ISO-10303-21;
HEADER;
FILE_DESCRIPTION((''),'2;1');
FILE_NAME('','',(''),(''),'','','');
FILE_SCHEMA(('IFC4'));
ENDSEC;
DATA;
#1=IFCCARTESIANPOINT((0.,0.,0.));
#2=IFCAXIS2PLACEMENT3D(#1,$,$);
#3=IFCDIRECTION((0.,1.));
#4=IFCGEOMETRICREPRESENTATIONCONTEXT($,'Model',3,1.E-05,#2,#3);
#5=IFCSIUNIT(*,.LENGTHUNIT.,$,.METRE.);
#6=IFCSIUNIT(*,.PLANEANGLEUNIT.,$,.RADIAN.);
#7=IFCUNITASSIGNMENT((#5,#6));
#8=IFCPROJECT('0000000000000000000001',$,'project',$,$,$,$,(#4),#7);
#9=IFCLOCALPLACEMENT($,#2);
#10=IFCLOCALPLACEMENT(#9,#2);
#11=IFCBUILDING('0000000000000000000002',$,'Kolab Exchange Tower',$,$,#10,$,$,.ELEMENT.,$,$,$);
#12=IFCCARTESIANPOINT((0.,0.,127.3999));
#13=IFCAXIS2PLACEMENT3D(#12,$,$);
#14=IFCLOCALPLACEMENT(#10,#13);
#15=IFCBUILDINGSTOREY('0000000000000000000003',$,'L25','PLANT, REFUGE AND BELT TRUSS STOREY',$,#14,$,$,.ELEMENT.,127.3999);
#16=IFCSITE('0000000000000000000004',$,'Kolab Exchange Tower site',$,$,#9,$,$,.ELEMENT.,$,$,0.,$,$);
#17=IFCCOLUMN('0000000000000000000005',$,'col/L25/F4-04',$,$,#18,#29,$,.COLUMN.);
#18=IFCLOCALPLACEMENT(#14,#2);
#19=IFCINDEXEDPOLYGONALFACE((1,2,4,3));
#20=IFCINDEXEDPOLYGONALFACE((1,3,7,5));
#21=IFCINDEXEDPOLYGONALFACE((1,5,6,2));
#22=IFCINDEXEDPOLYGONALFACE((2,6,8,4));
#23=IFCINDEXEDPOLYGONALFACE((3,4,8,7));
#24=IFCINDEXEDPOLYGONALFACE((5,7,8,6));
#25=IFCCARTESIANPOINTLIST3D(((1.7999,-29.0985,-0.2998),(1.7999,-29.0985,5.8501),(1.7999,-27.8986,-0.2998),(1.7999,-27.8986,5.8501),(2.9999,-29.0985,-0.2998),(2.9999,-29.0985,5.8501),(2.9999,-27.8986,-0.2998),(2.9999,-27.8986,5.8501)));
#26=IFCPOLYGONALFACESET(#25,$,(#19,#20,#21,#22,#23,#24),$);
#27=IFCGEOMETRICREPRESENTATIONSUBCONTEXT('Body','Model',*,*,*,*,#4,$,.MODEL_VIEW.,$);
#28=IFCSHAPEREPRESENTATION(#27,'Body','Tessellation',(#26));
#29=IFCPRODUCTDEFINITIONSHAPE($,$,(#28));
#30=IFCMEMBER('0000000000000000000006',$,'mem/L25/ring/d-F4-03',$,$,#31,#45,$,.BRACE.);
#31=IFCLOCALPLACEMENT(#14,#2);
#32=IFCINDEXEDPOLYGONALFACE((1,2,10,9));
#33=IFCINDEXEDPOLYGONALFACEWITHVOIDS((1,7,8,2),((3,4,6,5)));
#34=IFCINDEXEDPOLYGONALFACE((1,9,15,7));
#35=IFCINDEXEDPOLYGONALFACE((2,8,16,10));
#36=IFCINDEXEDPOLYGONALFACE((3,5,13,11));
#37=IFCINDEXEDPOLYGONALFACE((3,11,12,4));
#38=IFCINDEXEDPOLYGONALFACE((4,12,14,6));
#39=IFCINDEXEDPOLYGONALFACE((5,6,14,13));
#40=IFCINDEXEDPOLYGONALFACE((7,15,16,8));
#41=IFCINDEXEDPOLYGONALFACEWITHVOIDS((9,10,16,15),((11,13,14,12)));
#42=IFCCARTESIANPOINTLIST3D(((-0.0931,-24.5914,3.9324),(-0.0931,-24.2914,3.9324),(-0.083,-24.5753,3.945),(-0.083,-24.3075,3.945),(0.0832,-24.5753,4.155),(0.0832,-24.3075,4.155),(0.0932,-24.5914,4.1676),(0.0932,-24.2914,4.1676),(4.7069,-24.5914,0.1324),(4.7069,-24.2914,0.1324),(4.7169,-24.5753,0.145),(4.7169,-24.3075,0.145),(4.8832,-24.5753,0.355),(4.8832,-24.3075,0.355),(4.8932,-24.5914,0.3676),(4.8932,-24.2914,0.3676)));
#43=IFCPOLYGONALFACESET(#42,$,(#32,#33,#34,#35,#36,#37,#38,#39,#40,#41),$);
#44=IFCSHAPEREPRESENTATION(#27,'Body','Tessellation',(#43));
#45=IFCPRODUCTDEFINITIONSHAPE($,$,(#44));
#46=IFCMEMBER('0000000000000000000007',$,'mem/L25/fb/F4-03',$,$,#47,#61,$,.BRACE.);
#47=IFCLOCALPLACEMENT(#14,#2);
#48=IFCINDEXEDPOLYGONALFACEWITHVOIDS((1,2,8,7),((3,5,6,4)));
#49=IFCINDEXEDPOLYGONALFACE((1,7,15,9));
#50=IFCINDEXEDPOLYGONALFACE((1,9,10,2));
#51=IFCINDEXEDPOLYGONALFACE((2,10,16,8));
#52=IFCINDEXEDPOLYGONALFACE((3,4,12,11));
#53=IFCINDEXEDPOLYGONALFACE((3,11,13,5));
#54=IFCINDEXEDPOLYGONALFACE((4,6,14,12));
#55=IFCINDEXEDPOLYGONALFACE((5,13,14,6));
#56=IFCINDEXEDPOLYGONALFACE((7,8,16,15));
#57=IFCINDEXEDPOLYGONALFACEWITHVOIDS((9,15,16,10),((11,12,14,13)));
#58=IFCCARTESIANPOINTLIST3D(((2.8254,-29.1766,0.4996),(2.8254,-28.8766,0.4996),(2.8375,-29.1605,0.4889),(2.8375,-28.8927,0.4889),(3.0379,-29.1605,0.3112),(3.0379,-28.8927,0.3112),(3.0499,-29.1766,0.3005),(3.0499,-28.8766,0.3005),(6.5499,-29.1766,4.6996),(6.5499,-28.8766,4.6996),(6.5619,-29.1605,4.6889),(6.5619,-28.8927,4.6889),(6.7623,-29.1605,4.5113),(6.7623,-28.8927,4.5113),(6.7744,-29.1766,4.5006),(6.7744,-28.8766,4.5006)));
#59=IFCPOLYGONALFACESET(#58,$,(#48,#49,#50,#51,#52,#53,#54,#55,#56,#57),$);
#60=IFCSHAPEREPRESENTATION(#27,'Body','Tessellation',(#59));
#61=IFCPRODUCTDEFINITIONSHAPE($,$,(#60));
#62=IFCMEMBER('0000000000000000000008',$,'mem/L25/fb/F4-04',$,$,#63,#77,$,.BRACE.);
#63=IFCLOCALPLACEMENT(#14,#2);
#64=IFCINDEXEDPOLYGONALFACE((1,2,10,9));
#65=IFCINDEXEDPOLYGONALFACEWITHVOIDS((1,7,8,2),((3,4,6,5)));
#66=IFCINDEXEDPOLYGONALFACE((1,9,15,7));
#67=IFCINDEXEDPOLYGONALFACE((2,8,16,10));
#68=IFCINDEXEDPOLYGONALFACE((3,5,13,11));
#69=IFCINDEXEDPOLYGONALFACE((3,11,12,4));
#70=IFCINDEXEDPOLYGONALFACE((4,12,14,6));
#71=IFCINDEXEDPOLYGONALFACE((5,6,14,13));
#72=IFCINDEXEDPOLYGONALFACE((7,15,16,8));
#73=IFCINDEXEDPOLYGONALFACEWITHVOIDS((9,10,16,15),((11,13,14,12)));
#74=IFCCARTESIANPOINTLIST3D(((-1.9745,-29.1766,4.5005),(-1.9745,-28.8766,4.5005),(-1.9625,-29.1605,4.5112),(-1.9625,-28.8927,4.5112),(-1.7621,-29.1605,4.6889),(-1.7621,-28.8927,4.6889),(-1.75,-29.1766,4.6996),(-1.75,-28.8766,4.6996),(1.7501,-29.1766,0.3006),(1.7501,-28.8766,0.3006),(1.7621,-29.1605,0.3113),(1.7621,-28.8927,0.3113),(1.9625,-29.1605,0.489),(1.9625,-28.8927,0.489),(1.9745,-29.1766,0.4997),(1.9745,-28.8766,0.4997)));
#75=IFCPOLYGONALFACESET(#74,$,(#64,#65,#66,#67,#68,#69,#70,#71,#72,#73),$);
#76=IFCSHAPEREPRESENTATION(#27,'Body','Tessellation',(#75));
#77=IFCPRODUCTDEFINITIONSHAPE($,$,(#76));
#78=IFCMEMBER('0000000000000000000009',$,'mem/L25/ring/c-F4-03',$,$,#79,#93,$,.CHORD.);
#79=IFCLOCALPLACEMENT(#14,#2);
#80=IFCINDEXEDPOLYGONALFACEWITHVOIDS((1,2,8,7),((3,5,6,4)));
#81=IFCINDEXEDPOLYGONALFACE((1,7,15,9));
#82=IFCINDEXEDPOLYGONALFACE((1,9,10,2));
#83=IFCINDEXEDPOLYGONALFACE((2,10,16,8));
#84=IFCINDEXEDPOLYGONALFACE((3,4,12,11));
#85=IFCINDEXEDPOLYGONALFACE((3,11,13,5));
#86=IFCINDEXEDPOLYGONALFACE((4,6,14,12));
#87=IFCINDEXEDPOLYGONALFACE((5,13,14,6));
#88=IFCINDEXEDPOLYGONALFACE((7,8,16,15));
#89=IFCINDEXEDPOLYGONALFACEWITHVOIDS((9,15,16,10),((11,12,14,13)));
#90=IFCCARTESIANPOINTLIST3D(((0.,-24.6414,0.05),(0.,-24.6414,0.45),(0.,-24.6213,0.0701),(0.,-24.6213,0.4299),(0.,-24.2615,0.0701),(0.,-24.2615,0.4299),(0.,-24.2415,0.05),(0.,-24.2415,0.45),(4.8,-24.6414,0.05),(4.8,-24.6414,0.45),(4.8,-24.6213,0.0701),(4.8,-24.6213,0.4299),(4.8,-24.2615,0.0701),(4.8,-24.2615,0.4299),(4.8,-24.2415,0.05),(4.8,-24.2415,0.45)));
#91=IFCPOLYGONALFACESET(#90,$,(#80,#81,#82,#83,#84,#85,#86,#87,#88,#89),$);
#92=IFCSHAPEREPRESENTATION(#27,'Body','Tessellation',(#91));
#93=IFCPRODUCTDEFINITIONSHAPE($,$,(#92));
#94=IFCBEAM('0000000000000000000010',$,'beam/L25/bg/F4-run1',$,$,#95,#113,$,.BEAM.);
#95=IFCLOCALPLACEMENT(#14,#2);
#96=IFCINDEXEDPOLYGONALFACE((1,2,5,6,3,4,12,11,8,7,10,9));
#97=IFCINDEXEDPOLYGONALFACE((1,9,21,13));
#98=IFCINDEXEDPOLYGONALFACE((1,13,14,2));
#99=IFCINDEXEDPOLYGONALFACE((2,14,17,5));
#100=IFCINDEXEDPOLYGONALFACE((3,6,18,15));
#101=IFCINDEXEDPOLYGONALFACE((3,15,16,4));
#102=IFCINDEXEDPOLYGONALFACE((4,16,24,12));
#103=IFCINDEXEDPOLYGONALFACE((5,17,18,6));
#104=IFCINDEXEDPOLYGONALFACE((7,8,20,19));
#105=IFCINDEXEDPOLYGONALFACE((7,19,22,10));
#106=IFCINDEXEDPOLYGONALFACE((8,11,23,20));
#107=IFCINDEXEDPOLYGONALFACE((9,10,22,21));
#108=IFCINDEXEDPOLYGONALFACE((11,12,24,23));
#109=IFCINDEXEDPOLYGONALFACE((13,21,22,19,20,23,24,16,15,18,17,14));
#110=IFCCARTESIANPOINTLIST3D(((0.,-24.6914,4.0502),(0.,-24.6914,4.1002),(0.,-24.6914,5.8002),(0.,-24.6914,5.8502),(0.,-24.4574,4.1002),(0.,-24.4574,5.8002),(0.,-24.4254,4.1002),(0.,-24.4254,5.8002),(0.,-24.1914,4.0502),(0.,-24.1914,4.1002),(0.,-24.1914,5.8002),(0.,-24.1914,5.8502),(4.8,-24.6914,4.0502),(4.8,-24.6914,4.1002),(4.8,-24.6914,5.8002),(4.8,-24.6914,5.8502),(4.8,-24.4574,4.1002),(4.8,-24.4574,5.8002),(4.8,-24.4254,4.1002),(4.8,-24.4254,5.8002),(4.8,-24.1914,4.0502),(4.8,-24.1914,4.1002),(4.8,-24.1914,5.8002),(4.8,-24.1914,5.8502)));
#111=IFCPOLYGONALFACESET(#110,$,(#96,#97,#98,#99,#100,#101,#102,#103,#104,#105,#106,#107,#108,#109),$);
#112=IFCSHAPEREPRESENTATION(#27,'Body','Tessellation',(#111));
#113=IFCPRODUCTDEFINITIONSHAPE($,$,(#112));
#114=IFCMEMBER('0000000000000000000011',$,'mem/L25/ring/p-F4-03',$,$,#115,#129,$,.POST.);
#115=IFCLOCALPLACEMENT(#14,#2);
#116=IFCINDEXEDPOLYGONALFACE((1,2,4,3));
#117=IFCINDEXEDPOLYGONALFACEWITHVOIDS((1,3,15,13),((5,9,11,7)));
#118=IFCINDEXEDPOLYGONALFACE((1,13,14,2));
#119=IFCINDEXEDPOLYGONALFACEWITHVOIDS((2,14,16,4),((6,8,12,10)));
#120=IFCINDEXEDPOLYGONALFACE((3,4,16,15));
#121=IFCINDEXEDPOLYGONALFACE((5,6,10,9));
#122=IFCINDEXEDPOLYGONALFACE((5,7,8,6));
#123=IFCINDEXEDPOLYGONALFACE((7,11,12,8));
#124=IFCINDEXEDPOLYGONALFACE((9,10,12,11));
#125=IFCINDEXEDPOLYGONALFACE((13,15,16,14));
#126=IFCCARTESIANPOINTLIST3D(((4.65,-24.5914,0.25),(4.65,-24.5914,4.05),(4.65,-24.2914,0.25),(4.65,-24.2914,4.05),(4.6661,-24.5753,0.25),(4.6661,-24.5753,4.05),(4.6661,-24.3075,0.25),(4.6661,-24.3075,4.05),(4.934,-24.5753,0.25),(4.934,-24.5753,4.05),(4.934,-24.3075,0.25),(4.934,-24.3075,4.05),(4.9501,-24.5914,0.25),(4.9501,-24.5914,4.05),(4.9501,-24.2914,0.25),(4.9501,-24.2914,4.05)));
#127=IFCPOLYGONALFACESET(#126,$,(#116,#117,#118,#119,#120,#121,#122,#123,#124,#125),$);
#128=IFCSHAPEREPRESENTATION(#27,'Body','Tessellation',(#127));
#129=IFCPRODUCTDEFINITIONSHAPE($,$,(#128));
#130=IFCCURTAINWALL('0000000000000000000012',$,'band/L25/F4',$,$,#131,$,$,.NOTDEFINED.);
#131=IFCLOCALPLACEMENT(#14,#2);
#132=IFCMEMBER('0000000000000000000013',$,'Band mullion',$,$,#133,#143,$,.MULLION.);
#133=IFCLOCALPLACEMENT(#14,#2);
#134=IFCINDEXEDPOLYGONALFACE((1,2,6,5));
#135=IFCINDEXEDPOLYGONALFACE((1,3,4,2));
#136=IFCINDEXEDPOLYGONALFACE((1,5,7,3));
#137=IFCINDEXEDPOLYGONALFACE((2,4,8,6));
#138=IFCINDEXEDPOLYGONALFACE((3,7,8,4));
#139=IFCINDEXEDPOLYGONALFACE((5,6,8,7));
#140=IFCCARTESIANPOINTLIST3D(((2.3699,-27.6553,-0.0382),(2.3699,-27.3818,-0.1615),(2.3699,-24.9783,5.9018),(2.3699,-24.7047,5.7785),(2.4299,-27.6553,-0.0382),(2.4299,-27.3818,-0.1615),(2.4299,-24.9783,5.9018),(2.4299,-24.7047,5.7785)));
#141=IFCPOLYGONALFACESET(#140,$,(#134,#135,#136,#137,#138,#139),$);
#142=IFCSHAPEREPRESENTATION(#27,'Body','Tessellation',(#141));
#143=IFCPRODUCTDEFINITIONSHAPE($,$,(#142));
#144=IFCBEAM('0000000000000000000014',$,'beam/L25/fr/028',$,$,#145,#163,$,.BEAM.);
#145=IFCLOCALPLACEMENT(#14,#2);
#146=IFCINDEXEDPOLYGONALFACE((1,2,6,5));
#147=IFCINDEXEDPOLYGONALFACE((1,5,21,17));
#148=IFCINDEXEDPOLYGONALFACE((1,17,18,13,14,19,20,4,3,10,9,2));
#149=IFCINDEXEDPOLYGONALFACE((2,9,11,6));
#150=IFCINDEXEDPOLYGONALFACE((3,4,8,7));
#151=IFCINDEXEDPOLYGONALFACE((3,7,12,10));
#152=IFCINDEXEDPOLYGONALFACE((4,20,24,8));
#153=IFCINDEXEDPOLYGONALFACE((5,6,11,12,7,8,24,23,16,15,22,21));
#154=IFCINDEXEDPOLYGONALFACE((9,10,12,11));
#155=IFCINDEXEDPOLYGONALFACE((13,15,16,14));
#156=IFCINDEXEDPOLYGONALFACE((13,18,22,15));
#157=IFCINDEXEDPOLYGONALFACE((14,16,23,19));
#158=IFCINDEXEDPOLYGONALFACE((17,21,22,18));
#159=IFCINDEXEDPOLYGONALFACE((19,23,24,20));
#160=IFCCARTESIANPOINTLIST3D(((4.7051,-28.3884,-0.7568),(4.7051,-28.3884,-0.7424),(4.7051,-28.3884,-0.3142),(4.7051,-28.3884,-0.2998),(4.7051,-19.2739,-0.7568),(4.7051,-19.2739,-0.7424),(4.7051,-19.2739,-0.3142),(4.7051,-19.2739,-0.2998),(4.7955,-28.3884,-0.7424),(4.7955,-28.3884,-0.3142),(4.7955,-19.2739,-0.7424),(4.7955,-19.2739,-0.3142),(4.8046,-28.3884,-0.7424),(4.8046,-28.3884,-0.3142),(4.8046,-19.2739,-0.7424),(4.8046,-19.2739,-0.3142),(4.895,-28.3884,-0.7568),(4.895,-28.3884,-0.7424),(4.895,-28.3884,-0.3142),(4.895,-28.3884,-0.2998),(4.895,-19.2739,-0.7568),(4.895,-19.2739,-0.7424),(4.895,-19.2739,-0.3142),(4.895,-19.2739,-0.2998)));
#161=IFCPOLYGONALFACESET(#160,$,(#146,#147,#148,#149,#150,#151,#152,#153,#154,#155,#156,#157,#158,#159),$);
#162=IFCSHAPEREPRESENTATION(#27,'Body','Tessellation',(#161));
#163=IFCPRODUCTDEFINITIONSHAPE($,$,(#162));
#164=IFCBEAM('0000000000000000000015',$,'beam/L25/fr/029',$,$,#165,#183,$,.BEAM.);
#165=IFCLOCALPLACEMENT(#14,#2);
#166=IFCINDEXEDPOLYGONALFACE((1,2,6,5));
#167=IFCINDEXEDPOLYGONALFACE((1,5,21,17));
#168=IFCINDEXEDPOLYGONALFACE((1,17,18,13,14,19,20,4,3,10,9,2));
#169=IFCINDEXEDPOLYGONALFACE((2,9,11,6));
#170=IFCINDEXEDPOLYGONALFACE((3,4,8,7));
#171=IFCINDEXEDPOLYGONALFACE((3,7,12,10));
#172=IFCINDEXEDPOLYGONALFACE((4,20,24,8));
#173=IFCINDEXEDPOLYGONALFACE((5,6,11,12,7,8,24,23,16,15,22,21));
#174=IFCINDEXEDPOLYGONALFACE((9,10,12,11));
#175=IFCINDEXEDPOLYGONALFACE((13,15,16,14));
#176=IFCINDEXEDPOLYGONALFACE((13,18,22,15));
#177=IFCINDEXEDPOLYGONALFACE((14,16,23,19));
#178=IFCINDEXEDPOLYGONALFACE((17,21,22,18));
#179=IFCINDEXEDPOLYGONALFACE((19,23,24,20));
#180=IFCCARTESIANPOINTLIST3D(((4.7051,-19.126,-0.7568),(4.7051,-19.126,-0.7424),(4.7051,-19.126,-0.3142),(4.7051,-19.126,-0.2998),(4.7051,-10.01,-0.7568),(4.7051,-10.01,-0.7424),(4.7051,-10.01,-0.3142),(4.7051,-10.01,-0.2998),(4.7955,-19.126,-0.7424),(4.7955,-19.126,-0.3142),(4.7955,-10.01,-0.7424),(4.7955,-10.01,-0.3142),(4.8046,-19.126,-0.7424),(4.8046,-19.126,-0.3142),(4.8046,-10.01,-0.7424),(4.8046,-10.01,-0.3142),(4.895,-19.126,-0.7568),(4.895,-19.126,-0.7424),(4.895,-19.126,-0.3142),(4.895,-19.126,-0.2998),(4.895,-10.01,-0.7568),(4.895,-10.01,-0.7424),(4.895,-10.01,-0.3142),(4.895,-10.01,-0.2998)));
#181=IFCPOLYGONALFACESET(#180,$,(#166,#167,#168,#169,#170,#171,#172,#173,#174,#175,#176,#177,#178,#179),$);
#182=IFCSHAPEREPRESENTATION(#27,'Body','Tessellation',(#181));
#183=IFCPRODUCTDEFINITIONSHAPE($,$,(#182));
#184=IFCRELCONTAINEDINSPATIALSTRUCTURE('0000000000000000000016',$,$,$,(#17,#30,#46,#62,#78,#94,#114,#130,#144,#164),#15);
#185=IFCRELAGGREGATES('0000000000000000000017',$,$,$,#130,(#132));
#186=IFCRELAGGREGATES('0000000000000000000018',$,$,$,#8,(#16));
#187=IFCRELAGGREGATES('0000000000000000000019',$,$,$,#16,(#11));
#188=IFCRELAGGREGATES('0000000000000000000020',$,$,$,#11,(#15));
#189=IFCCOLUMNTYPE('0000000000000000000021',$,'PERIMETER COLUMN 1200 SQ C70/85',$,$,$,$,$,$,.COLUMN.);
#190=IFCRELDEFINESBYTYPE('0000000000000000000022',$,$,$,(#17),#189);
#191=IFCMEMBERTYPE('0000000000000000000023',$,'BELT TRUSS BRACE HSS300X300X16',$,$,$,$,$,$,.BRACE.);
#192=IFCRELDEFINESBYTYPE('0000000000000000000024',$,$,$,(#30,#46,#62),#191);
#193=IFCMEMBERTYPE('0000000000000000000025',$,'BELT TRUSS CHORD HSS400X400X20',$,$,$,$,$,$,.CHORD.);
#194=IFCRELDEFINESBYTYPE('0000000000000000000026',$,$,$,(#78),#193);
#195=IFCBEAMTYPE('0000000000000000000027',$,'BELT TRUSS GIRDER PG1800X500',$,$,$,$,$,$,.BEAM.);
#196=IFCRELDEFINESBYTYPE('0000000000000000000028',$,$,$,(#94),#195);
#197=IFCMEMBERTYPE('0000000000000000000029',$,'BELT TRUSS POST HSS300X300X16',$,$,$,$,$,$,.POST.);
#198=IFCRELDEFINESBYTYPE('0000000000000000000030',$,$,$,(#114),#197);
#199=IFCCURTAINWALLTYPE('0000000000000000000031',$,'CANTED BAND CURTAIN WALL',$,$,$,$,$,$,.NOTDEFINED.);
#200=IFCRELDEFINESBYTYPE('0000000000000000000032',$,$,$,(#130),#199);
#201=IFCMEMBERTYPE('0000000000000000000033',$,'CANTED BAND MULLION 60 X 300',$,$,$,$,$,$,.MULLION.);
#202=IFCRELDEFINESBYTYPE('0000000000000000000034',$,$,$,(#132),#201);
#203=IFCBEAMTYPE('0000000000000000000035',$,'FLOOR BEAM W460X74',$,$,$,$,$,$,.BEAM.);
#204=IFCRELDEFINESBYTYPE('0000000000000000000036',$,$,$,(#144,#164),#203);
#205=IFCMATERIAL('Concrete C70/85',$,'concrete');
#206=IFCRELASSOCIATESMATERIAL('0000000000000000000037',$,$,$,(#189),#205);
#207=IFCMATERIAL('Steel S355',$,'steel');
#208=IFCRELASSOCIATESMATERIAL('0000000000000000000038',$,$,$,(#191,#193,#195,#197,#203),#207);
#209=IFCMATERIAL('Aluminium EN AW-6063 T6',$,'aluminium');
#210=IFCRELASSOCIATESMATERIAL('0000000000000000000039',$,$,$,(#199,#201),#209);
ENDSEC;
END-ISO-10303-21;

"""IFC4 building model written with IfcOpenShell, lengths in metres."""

from ifc_helpers import new_model, si_unit, direction, frame, origin, origin_2d, place, context, subcontext, project, spatial, rectangle, hollow_rectangle, i_section, extrude, material, material_profile, profile_set, type_object, element, aggregate, save


model = new_model("IFC4")

# Units and contexts
model_context = context("Model", 3, precision=1e-05, world=origin(), true_north=direction((0.0, 1.0)))
body_context = subcontext(model_context, "Body", "Model", "MODEL_VIEW")
ifc_project = project(units=[si_unit("LENGTHUNIT", "METRE"), si_unit("PLANEANGLEUNIT", "RADIAN")], contexts=[model_context])

# Site, building, storey
site_placement = place(None, origin())
site = spatial("IfcSite", under=ifc_project, at=site_placement, Name="Kolab Exchange Tower site", CompositionType="ELEMENT", RefElevation=0.0)
building_placement = place(site_placement, origin())
building = spatial("IfcBuilding", under=site, at=building_placement, Name="Kolab Exchange Tower", CompositionType="ELEMENT")
storey_placement = place(building_placement, frame((0.0, 0.0, 127.3999)))
storey = spatial("IfcBuildingStorey", under=building, at=storey_placement, Name="L25", Description="PLANT, REFUGE AND BELT TRUSS STOREY", CompositionType="ELEMENT", Elevation=127.3999)

# Column
ifc_material_1 = material(Name="Concrete C70/85", Category="concrete")
ifc_material_profile_1 = material_profile(ifc_material_1, rectangle(XDim=1.2, YDim=1.2, at=origin_2d()), Name="RC1200")
ifc_profile_set_1 = profile_set([ifc_material_profile_1], Name="Concrete C70/85")
column_type = type_object("IfcColumnType", Name="PERIMETER COLUMN 1200 SQ C70/85", PredefinedType="COLUMN", material=ifc_profile_set_1)
column_placement = place(storey_placement, frame((2.3999, -28.4985, -0.2998), z_axis=(0.0, 0.0, 1.0), x_axis=(1.0, 0.0, 0.0)))
element("IfcColumn", 1, at=column_placement, inside=storey, type_object=column_type, Name="col/L25/F4-04", PredefinedType="COLUMN", context=body_context, shape_type="SweptSolid", body=[
    extrude(rectangle(XDim=1.2, YDim=1.2, at=origin_2d()), origin(), (0.0, 0.0, 1.0), 6.1499),
])

# Members
ifc_material_2 = material(Name="Steel S355", Category="steel")
ifc_material_profile_2 = material_profile(ifc_material_2, hollow_rectangle(XDim=0.3, YDim=0.3, WallThickness=0.0161, at=origin_2d()), Name="HSS300X300X16")
ifc_profile_set_2 = profile_set([ifc_material_profile_2], Name="Steel S355")
member_type_1 = type_object("IfcMemberType", Name="BELT TRUSS BRACE HSS300X300X16", PredefinedType="BRACE", material=ifc_profile_set_2)
member_1_placement = place(storey_placement, frame((4.8, -24.4414, 0.25), z_axis=(-0.784045, 0.0, 0.620704), x_axis=(0.0, -1.0, 0.0)))
element("IfcMember", 2, at=member_1_placement, inside=storey, type_object=member_type_1, Name="mem/L25/ring/d-F4-03", PredefinedType="BRACE", context=body_context, shape_type="SweptSolid", body=[
    extrude(hollow_rectangle(XDim=0.3, YDim=0.3, WallThickness=0.0161, at=origin_2d()), origin(), (0.0, 0.0, 1.0), 6.1221),
])
for number, where, z_axis, x_axis, name in (
    (3, (6.6621, -29.0266, 4.6001), (-0.663475, 0.0, -0.748198), (0.0, -1.0, 0.0), "mem/L25/fb/F4-03"),
    (4, (1.8623, -29.0266, 0.4001), (-0.6635, 0.0, 0.748177), (0.0, -1.0, 0.0), "mem/L25/fb/F4-04"),
):
    element("IfcMember", number, at=place(storey_placement, frame(where, z_axis=z_axis, x_axis=x_axis)), inside=storey, type_object=member_type_1, Name=name, PredefinedType="BRACE", context=body_context, shape_type="SweptSolid", body=[
        extrude(hollow_rectangle(XDim=0.3, YDim=0.3, WallThickness=0.0161, at=origin_2d()), origin(), (0.0, 0.0, 1.0), 5.6135),
    ])
ifc_material_profile_3 = material_profile(ifc_material_2, hollow_rectangle(XDim=0.3999, YDim=0.3999, WallThickness=0.02, at=origin_2d()), Name="HSS400X400X20")
ifc_profile_set_3 = profile_set([ifc_material_profile_3], Name="Steel S355")
member_type_2 = type_object("IfcMemberType", Name="BELT TRUSS CHORD HSS400X400X20", PredefinedType="CHORD", material=ifc_profile_set_3)
member_2_placement = place(storey_placement, frame((4.8, -24.4414, 0.25), z_axis=(-1.0, 0.0, 0.0), x_axis=(0.0, -1.0, 0.0)))
element("IfcMember", 5, at=member_2_placement, inside=storey, type_object=member_type_2, Name="mem/L25/ring/c-F4-03", PredefinedType="CHORD", context=body_context, shape_type="SweptSolid", body=[
    extrude(hollow_rectangle(XDim=0.3999, YDim=0.3999, WallThickness=0.02, at=origin_2d()), origin(), (0.0, 0.0, 1.0), 4.8),
])

# Beam
ifc_material_profile_4 = material_profile(ifc_material_2, i_section(OverallWidth=0.5, OverallDepth=1.8, WebThickness=0.032, FlangeThickness=0.05, at=origin_2d()), Name="PG1800X500")
ifc_profile_set_4 = profile_set([ifc_material_profile_4], Name="Steel S355")
beam_type_1 = type_object("IfcBeamType", Name="BELT TRUSS GIRDER PG1800X500", PredefinedType="BEAM", material=ifc_profile_set_4)
beam_1_placement = place(storey_placement, frame((4.8, -24.4414, 4.9502), z_axis=(-1.0, 0.0, 0.0), x_axis=(0.0, -1.0, 0.0)))
element("IfcBeam", 6, at=beam_1_placement, inside=storey, type_object=beam_type_1, Name="beam/L25/bg/F4-run1", PredefinedType="BEAM", context=body_context, shape_type="SweptSolid", body=[
    extrude(i_section(OverallWidth=0.5, OverallDepth=1.8, WebThickness=0.032, FlangeThickness=0.05, at=origin_2d()), origin(), (0.0, 0.0, 1.0), 4.8),
])

# Member
ifc_material_profile_5 = material_profile(ifc_material_2, hollow_rectangle(XDim=0.3, YDim=0.3, WallThickness=0.0161, at=origin_2d()), Name="HSS300X300X16")
ifc_profile_set_5 = profile_set([ifc_material_profile_5], Name="Steel S355")
member_type_3 = type_object("IfcMemberType", Name="BELT TRUSS POST HSS300X300X16", PredefinedType="POST", material=ifc_profile_set_5)
member_3_placement = place(storey_placement, frame((4.8, -24.4414, 0.25), z_axis=(0.0, 0.0, 1.0), x_axis=(1.0, 0.0, 0.0)))
element("IfcMember", 7, at=member_3_placement, inside=storey, type_object=member_type_3, Name="mem/L25/ring/p-F4-03", PredefinedType="POST", context=body_context, shape_type="SweptSolid", body=[
    extrude(hollow_rectangle(XDim=0.3, YDim=0.3, WallThickness=0.0161, at=origin_2d()), origin(), (0.0, 0.0, 1.0), 3.8),
])

# Curtain wall, member
ifc_material_3 = material(Name="Aluminium EN AW-6063 T6", Category="aluminium")
curtain_wall_type = type_object("IfcCurtainWallType", Name="CANTED BAND CURTAIN WALL", PredefinedType="NOTDEFINED", material=ifc_material_3)
curtain_wall_placement = place(storey_placement, origin())
curtain_wall = element("IfcCurtainWall", 8, at=curtain_wall_placement, inside=storey, type_object=curtain_wall_type, Name="band/L25/F4", PredefinedType="NOTDEFINED")
ifc_material_profile_6 = material_profile(ifc_material_3, rectangle(XDim=0.0601, YDim=0.3, at=origin_2d()), Name="RECT 60X300")
ifc_profile_set_6 = profile_set([ifc_material_profile_6], Name="Aluminium EN AW-6063 T6")
member_type_4 = type_object("IfcMemberType", Name="CANTED BAND MULLION 60 X 300", PredefinedType="MULLION", material=ifc_profile_set_6)
member_4_placement = place(storey_placement, frame((2.3999, -27.5186, -0.0999), z_axis=(0.0, 0.410879, 0.91169), x_axis=(-1.0, 0.0, 0.0)))
member_4 = element("IfcMember", 9, at=member_4_placement, type_object=member_type_4, Name="Band mullion", PredefinedType="MULLION", context=body_context, shape_type="SweptSolid", body=[
    extrude(rectangle(XDim=0.0601, YDim=0.3, at=origin_2d()), origin(), (0.0, 0.0, 1.0), 6.5154),
])

# Beams
ifc_material_profile_7 = material_profile(ifc_material_2, i_section(OverallWidth=0.1899, OverallDepth=0.457, WebThickness=0.009, FlangeThickness=0.0144, at=origin_2d()), Name="W460X74")
ifc_profile_set_7 = profile_set([ifc_material_profile_7], Name="Steel S355")
beam_type_2 = type_object("IfcBeamType", Name="FLOOR BEAM W460X74", PredefinedType="BEAM", material=ifc_profile_set_7)
beam_2_placement = place(storey_placement, frame((4.8, -28.3884, -0.5283), z_axis=(0.0, 1.0, 0.0), x_axis=(-1.0, 0.0, 0.0)))
element("IfcBeam", 10, at=beam_2_placement, inside=storey, type_object=beam_type_2, Name="beam/L25/fr/028", PredefinedType="BEAM", context=body_context, shape_type="SweptSolid", body=[
    extrude(i_section(OverallWidth=0.1899, OverallDepth=0.457, WebThickness=0.009, FlangeThickness=0.0144, at=origin_2d()), origin(), (0.0, 0.0, 1.0), 9.1145),
])
beam_3_placement = place(storey_placement, frame((4.8, -19.126, -0.5283), z_axis=(0.0, 1.0, 0.0), x_axis=(-1.0, 0.0, 0.0)))
element("IfcBeam", 11, at=beam_3_placement, inside=storey, type_object=beam_type_2, Name="beam/L25/fr/029", PredefinedType="BEAM", context=body_context, shape_type="SweptSolid", body=[
    extrude(i_section(OverallWidth=0.1899, OverallDepth=0.457, WebThickness=0.009, FlangeThickness=0.0144, at=origin_2d()), origin(), (0.0, 0.0, 1.0), 9.116),
])

aggregate(curtain_wall, [member_4])

save(model, "model.ifc")
